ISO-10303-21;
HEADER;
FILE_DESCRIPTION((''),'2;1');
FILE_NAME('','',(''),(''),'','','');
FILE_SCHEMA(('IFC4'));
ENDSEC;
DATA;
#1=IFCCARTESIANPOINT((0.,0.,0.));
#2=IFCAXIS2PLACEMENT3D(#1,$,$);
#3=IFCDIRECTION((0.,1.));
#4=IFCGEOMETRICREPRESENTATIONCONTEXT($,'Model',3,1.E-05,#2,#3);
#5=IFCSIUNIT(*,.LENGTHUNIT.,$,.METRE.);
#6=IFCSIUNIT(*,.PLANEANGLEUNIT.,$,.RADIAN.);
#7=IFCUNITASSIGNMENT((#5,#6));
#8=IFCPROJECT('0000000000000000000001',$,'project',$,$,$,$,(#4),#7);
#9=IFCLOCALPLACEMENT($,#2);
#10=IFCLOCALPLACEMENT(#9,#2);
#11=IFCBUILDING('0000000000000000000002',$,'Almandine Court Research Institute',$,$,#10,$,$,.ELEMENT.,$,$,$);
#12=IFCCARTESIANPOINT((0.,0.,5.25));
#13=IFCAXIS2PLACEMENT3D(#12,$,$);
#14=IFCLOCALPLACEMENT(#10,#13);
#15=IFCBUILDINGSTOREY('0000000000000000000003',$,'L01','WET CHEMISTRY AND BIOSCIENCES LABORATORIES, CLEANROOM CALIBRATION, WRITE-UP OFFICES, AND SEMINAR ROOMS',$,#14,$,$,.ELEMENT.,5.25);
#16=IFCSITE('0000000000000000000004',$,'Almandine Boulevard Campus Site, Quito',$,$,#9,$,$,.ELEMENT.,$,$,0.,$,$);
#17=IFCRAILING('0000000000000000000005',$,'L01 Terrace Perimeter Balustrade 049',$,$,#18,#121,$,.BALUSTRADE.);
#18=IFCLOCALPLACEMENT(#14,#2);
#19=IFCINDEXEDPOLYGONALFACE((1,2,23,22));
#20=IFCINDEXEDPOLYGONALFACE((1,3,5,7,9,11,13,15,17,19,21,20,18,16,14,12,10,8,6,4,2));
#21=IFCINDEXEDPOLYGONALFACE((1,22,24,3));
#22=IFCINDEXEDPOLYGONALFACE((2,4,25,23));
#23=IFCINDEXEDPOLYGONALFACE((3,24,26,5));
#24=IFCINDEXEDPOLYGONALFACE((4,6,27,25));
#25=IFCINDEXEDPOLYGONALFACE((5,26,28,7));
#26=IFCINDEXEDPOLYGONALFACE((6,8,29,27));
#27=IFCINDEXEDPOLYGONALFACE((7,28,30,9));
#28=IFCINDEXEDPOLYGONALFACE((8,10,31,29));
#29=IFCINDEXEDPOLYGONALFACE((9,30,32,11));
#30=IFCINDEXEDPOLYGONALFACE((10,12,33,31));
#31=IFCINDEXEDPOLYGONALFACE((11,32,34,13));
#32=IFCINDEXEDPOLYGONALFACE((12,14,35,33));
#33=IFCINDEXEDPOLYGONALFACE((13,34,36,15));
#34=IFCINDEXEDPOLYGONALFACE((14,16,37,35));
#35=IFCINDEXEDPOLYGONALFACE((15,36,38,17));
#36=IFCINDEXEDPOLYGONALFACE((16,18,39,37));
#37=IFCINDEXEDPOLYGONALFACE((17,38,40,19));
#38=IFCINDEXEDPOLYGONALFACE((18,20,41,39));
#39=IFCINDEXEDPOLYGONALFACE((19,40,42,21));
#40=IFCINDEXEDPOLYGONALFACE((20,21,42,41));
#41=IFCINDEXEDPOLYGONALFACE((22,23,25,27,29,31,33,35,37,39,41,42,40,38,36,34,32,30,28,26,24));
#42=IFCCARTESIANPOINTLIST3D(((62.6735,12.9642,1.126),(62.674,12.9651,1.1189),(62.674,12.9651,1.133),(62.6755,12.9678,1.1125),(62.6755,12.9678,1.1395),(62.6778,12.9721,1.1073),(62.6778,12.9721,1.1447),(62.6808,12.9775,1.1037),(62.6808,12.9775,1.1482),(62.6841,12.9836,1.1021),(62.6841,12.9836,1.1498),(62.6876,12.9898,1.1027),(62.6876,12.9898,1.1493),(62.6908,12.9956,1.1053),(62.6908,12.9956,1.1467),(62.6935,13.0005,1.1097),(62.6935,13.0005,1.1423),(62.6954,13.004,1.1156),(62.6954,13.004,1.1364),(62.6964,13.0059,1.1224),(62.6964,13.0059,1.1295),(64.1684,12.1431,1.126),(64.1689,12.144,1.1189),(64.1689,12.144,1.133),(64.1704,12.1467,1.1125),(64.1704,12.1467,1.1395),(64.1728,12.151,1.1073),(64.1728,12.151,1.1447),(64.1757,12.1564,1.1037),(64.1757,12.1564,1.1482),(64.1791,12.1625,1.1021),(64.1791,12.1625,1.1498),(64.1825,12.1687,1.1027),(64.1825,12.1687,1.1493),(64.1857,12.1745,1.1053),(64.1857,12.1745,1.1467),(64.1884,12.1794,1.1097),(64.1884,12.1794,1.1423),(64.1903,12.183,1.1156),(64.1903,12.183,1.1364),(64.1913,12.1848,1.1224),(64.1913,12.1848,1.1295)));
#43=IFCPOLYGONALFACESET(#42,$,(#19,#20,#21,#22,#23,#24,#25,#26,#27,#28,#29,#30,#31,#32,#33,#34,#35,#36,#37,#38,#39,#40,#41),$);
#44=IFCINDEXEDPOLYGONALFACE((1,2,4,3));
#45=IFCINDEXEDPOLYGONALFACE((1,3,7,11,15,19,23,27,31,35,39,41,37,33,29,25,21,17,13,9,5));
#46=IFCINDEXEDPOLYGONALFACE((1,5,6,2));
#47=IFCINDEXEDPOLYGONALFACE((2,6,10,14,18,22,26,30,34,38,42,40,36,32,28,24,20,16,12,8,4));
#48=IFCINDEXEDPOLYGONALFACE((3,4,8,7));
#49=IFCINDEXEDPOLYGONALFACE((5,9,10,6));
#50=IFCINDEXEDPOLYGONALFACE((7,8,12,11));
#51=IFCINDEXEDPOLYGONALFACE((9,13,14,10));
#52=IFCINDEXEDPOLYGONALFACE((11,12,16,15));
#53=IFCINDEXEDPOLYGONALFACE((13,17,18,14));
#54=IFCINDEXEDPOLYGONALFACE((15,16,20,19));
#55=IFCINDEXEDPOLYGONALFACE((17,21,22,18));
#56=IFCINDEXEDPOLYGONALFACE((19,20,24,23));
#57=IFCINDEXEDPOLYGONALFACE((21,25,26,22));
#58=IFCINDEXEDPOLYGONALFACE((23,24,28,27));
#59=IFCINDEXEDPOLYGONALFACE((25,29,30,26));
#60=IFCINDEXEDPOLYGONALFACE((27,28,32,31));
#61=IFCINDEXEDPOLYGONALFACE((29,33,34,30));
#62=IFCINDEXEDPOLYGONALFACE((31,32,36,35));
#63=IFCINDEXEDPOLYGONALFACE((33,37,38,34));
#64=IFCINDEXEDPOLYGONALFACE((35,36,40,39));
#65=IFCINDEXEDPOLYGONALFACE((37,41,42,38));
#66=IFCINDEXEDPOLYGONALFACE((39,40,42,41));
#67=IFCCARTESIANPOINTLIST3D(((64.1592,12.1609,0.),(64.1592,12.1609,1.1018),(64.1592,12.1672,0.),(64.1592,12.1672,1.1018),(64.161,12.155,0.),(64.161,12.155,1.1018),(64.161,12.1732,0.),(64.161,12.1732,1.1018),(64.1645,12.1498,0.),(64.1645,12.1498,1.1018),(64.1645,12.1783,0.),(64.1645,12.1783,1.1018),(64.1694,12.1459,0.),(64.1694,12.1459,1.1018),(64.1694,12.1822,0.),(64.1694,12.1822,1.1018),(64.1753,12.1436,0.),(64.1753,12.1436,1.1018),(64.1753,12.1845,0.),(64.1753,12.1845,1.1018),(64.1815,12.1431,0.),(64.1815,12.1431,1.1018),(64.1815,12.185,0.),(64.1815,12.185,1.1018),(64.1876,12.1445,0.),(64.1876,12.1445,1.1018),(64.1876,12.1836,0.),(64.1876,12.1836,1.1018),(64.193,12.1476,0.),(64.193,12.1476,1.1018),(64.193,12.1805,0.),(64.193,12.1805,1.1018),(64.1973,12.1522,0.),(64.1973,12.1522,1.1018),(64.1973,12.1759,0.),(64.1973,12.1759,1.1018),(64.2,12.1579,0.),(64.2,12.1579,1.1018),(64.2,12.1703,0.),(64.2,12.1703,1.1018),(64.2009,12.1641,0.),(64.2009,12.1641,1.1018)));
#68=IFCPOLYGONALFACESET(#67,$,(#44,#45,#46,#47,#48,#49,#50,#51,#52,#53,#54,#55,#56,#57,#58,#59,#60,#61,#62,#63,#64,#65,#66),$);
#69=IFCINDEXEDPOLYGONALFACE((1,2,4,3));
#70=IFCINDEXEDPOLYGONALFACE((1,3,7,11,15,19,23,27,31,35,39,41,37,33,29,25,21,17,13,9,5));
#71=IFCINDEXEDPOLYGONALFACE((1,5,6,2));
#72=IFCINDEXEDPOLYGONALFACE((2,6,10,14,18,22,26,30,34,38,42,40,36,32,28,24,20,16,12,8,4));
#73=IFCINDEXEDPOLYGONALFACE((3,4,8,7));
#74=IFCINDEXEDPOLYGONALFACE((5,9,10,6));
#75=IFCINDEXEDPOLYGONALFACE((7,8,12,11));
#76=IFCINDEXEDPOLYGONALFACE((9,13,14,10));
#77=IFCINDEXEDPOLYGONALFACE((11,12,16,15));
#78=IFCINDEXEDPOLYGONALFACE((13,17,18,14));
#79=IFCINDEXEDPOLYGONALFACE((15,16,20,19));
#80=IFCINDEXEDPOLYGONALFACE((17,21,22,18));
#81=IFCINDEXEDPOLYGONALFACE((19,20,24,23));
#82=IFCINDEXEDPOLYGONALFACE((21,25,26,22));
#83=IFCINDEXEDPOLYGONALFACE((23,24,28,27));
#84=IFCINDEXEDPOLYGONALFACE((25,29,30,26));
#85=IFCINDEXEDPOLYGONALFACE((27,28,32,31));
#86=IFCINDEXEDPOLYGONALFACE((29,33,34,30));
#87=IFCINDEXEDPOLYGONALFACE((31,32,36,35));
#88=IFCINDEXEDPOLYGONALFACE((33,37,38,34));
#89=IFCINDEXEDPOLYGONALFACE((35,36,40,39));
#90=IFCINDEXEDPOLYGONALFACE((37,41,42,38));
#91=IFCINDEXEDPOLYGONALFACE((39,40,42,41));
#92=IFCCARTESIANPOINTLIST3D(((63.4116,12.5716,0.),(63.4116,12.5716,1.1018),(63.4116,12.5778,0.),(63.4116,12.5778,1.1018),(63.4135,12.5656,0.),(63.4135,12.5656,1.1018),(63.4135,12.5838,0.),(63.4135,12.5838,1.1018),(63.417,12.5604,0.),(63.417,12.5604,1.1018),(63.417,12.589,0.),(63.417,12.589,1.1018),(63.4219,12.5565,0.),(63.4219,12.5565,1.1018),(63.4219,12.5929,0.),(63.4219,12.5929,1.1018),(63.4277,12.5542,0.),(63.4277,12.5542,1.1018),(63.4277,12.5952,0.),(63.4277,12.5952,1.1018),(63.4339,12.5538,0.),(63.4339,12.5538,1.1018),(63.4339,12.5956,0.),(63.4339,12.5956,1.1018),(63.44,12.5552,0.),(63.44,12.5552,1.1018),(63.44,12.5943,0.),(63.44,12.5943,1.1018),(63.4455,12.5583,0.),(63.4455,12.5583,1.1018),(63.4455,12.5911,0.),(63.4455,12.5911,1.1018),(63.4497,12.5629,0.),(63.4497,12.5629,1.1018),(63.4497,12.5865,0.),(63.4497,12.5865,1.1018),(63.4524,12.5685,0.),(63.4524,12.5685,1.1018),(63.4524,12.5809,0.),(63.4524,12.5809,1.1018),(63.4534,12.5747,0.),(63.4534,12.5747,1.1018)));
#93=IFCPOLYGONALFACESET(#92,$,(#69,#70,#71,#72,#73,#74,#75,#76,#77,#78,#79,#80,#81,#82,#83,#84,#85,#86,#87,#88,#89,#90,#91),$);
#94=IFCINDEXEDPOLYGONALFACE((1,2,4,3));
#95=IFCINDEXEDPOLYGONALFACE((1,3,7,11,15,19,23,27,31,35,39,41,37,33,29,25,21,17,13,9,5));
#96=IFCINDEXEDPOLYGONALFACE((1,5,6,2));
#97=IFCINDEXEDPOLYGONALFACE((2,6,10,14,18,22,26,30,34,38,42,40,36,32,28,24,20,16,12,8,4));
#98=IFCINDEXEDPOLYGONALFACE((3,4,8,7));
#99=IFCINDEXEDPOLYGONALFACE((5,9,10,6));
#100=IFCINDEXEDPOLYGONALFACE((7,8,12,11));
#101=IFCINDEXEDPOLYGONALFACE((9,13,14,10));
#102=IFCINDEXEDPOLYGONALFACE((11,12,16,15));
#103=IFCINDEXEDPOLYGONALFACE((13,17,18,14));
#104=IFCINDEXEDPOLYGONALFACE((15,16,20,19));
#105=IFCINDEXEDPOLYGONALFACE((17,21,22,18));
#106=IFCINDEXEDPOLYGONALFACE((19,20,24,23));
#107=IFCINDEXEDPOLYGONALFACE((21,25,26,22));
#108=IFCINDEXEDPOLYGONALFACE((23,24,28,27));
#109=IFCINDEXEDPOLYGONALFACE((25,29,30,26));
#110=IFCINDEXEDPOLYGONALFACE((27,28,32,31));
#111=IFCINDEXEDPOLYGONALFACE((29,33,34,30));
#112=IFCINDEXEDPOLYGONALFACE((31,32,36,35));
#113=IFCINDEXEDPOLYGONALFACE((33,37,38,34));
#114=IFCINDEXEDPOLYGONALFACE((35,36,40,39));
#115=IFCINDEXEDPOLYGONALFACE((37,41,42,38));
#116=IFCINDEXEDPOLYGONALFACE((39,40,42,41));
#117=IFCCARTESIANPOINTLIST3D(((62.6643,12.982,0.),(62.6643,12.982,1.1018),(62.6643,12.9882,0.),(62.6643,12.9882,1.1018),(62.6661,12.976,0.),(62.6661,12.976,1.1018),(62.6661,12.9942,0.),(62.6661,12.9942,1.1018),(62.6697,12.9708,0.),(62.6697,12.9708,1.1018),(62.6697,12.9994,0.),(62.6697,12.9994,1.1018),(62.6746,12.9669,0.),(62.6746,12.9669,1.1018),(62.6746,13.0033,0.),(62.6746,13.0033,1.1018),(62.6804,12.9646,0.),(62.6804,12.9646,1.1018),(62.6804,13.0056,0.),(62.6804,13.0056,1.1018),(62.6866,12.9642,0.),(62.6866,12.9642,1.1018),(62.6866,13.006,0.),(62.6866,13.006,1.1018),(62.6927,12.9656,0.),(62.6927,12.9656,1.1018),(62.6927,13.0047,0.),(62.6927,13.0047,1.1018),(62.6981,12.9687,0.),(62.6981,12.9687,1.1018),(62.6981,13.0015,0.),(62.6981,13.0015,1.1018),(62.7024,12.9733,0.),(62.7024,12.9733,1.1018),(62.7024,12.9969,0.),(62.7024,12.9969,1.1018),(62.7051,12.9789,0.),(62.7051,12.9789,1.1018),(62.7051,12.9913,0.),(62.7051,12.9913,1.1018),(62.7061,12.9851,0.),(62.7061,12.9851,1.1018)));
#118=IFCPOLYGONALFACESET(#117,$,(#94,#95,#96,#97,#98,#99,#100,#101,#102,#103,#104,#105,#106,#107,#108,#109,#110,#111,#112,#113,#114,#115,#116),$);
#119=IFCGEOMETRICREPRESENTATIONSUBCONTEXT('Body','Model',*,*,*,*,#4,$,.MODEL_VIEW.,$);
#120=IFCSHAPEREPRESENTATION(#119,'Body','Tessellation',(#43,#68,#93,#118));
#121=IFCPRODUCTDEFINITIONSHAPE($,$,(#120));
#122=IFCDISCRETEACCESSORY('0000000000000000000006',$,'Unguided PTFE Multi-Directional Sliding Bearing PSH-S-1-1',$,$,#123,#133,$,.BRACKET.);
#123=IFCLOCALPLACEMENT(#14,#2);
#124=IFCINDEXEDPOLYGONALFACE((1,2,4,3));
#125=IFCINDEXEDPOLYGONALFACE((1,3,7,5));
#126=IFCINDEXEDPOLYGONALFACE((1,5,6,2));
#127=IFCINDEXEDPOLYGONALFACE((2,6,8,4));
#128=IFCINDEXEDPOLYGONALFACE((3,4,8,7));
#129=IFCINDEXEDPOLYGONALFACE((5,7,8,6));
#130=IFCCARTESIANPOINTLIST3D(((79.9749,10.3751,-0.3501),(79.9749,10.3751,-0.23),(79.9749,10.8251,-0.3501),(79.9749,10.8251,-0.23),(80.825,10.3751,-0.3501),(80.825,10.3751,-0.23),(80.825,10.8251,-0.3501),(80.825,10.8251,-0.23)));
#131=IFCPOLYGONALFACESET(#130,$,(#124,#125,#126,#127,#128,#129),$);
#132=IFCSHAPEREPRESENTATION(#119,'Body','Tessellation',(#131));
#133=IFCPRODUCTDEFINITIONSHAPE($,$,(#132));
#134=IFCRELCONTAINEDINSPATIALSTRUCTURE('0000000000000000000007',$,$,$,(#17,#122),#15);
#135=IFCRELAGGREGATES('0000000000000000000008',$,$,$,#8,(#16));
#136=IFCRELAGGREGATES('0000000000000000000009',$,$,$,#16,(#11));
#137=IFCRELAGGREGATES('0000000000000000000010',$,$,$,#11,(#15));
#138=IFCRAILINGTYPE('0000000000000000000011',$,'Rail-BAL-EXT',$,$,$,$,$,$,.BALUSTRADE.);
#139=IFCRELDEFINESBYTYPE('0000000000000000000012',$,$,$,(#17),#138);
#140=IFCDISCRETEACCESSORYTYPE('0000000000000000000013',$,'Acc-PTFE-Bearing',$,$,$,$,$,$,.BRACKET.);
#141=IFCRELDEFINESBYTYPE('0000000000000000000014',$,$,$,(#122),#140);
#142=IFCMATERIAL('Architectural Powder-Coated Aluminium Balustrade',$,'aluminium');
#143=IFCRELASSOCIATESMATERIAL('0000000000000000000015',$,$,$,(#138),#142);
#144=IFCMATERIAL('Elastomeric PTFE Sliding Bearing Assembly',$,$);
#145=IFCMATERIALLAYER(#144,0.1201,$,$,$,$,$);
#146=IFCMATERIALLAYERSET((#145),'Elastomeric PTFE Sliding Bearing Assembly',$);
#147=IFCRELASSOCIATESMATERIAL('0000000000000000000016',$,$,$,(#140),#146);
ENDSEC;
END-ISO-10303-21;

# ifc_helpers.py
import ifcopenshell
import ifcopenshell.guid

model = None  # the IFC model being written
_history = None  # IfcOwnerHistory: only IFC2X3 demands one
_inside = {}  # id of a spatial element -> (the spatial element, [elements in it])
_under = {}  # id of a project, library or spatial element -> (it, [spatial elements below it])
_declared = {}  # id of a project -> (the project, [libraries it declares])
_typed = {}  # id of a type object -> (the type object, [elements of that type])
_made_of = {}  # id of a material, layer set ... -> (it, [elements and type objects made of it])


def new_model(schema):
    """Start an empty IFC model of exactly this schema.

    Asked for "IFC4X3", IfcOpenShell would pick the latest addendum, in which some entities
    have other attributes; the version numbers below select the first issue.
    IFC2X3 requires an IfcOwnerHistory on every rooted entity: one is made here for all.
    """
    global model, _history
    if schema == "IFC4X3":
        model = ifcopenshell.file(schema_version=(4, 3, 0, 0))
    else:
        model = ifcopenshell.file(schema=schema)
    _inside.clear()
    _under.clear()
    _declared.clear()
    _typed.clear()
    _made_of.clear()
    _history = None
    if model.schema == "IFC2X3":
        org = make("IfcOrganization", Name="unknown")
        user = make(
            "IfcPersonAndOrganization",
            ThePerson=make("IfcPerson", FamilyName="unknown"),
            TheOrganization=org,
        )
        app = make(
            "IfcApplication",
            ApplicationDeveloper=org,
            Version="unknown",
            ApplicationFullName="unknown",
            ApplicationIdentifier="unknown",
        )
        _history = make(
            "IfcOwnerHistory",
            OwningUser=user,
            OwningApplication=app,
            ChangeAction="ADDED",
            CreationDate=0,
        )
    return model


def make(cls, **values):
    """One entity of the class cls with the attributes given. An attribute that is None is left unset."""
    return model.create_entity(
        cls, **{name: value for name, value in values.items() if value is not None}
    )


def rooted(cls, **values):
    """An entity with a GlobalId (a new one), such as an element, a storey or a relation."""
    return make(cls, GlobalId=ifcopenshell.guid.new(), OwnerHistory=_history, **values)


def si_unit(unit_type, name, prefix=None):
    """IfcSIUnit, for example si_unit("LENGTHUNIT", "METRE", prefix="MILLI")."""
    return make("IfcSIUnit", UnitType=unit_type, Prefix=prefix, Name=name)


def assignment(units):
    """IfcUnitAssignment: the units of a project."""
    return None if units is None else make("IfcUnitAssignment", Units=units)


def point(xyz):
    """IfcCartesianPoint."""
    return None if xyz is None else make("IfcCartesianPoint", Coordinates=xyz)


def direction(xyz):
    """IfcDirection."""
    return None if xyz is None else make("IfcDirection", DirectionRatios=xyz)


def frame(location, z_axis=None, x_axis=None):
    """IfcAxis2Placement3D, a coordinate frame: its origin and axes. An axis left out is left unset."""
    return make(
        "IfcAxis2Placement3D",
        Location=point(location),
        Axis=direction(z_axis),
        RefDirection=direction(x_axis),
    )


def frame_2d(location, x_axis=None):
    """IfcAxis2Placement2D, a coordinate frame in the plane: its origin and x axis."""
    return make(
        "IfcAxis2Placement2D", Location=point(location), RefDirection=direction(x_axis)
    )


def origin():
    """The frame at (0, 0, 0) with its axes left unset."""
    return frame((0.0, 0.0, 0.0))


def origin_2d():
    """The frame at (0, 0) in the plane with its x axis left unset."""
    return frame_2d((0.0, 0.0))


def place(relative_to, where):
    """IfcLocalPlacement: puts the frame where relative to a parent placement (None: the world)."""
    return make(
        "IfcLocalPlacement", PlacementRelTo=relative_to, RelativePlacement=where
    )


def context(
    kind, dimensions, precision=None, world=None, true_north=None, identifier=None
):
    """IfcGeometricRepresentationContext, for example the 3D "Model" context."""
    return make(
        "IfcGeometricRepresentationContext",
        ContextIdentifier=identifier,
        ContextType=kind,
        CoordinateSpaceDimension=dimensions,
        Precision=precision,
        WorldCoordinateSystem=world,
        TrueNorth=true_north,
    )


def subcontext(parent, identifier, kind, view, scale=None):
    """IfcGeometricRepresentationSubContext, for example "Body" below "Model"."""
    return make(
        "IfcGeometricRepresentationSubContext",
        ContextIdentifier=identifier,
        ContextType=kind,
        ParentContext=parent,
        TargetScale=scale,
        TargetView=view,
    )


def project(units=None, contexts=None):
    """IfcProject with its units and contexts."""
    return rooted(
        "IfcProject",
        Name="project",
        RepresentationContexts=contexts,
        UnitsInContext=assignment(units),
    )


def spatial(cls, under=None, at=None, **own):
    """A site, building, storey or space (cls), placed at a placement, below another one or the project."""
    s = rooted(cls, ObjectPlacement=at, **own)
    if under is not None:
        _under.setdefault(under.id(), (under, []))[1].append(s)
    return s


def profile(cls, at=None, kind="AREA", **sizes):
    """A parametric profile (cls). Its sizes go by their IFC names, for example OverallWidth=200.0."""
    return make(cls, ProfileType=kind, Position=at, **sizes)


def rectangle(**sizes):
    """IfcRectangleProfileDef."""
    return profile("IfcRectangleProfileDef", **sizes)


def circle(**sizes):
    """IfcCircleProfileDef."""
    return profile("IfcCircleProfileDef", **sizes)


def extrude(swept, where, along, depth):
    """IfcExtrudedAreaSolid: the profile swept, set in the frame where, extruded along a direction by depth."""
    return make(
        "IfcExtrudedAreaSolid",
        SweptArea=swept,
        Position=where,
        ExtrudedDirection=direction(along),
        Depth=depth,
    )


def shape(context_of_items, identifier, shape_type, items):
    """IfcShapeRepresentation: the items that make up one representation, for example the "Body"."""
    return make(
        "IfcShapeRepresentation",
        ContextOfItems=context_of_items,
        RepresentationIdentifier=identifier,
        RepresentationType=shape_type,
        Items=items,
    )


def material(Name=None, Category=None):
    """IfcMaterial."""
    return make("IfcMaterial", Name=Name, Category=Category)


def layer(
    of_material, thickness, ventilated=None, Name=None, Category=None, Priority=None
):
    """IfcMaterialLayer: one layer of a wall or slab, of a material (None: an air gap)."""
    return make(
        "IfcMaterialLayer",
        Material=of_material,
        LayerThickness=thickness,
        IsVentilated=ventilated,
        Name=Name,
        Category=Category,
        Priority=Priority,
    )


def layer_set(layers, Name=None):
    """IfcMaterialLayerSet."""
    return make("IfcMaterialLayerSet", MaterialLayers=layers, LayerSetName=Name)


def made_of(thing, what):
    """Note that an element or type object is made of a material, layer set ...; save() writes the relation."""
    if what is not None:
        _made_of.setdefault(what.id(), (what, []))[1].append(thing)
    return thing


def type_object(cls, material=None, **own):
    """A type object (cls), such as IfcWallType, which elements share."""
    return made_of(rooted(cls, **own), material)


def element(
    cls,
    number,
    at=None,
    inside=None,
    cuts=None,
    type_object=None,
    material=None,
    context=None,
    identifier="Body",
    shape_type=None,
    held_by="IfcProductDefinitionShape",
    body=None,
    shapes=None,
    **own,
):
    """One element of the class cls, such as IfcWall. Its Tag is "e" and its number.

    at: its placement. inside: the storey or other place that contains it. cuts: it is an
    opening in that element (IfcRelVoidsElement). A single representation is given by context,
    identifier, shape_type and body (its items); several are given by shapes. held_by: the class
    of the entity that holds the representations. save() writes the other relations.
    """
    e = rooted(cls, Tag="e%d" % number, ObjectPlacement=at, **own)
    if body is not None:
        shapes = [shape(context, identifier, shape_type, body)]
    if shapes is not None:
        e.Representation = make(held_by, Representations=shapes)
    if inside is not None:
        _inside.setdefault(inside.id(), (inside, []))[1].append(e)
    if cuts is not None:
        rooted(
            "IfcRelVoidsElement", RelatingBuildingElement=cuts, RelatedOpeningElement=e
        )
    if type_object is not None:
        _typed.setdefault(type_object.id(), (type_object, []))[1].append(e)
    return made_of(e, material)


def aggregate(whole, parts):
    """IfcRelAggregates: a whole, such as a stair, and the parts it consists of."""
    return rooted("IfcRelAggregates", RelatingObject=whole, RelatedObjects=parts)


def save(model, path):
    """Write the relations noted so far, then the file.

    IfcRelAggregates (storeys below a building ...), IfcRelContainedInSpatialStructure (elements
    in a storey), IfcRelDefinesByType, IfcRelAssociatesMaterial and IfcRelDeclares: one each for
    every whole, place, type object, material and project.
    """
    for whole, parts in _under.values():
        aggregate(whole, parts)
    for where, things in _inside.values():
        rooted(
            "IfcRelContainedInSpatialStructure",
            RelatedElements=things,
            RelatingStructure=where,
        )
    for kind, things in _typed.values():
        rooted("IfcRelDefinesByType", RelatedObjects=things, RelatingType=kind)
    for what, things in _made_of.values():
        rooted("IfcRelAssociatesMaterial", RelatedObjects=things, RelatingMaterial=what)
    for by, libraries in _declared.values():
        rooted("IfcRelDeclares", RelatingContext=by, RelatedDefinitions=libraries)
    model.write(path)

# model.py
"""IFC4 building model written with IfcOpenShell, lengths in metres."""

from ifc_helpers import new_model, si_unit, direction, frame, origin, origin_2d, place, context, subcontext, project, spatial, rectangle, circle, extrude, material, layer, layer_set, type_object, element, save


model = new_model("IFC4")

# Units and contexts
model_context = context("Model", 3, precision=1e-05, world=origin(), true_north=direction((0.0, 1.0)))
body_context = subcontext(model_context, "Body", "Model", "MODEL_VIEW")
ifc_project = project(units=[si_unit("LENGTHUNIT", "METRE"), si_unit("PLANEANGLEUNIT", "RADIAN")], contexts=[model_context])

# Site, building, storey
site_placement = place(None, origin())
site = spatial("IfcSite", under=ifc_project, at=site_placement, Name="Almandine Boulevard Campus Site, Quito", CompositionType="ELEMENT", RefElevation=0.0)
building_placement = place(site_placement, origin())
building = spatial("IfcBuilding", under=site, at=building_placement, Name="Almandine Court Research Institute", CompositionType="ELEMENT")
storey_placement = place(building_placement, frame((0.0, 0.0, 5.25)))
storey = spatial("IfcBuildingStorey", under=building, at=storey_placement, Name="L01", Description="WET CHEMISTRY AND BIOSCIENCES LABORATORIES, CLEANROOM CALIBRATION, WRITE-UP OFFICES, AND SEMINAR ROOMS", CompositionType="ELEMENT", Elevation=5.25)

# Railing
ifc_material_1 = material(Name="Architectural Powder-Coated Aluminium Balustrade", Category="aluminium")
railing_type = type_object("IfcRailingType", Name="Rail-BAL-EXT", PredefinedType="BALUSTRADE", material=ifc_material_1)
railing_1_placement = place(storey_placement, frame((64.1799, 12.1641, 0.0)))
element("IfcRailing", 1, at=railing_1_placement, inside=storey, type_object=railing_type, Name="L01 Terrace Perimeter Balustrade 049", PredefinedType="BALUSTRADE", context=body_context, shape_type="SweptSolid", body=[
    extrude(circle(Radius=0.0239, at=origin_2d()), frame((0.0, 0.0, 1.126), z_axis=(-0.876497, 0.481408, 0.0), x_axis=(-0.481408, -0.876497, 0.0)), (0.0, 0.0, 1.0), 1.7056),
    extrude(circle(Radius=0.021, at=origin_2d()), origin(), (0.0, 0.0, 1.0), 1.1018),
    extrude(circle(Radius=0.021, at=origin_2d()), frame((-0.7476, 0.4106, 0.0)), (0.0, 0.0, 1.0), 1.1018),
    extrude(circle(Radius=0.021, at=origin_2d()), frame((-1.4949, 0.821, 0.0)), (0.0, 0.0, 1.0), 1.1018),
])

# Discrete accessory
ifc_material_2 = material(Name="Elastomeric PTFE Sliding Bearing Assembly")
ifc_layer_1 = layer(ifc_material_2, 0.1201)
ifc_layer_set_1 = layer_set([ifc_layer_1], Name="Elastomeric PTFE Sliding Bearing Assembly")
discrete_accessory_type = type_object("IfcDiscreteAccessoryType", Name="Acc-PTFE-Bearing", PredefinedType="BRACKET", material=ifc_layer_set_1)
discrete_accessory_placement = place(storey_placement, frame((80.3999, 10.6001, -0.3501), z_axis=(0.0, 0.0, 1.0), x_axis=(1.0, 0.0, 0.0)))
element("IfcDiscreteAccessory", 2, at=discrete_accessory_placement, inside=storey, type_object=discrete_accessory_type, Name="Unguided PTFE Multi-Directional Sliding Bearing PSH-S-1-1", PredefinedType="BRACKET", context=body_context, shape_type="SweptSolid", body=[
    extrude(rectangle(XDim=0.8501, YDim=0.45, at=origin_2d()), origin(), (0.0, 0.0, 1.0), 0.1201),
])

save(model, "model.ifc")
